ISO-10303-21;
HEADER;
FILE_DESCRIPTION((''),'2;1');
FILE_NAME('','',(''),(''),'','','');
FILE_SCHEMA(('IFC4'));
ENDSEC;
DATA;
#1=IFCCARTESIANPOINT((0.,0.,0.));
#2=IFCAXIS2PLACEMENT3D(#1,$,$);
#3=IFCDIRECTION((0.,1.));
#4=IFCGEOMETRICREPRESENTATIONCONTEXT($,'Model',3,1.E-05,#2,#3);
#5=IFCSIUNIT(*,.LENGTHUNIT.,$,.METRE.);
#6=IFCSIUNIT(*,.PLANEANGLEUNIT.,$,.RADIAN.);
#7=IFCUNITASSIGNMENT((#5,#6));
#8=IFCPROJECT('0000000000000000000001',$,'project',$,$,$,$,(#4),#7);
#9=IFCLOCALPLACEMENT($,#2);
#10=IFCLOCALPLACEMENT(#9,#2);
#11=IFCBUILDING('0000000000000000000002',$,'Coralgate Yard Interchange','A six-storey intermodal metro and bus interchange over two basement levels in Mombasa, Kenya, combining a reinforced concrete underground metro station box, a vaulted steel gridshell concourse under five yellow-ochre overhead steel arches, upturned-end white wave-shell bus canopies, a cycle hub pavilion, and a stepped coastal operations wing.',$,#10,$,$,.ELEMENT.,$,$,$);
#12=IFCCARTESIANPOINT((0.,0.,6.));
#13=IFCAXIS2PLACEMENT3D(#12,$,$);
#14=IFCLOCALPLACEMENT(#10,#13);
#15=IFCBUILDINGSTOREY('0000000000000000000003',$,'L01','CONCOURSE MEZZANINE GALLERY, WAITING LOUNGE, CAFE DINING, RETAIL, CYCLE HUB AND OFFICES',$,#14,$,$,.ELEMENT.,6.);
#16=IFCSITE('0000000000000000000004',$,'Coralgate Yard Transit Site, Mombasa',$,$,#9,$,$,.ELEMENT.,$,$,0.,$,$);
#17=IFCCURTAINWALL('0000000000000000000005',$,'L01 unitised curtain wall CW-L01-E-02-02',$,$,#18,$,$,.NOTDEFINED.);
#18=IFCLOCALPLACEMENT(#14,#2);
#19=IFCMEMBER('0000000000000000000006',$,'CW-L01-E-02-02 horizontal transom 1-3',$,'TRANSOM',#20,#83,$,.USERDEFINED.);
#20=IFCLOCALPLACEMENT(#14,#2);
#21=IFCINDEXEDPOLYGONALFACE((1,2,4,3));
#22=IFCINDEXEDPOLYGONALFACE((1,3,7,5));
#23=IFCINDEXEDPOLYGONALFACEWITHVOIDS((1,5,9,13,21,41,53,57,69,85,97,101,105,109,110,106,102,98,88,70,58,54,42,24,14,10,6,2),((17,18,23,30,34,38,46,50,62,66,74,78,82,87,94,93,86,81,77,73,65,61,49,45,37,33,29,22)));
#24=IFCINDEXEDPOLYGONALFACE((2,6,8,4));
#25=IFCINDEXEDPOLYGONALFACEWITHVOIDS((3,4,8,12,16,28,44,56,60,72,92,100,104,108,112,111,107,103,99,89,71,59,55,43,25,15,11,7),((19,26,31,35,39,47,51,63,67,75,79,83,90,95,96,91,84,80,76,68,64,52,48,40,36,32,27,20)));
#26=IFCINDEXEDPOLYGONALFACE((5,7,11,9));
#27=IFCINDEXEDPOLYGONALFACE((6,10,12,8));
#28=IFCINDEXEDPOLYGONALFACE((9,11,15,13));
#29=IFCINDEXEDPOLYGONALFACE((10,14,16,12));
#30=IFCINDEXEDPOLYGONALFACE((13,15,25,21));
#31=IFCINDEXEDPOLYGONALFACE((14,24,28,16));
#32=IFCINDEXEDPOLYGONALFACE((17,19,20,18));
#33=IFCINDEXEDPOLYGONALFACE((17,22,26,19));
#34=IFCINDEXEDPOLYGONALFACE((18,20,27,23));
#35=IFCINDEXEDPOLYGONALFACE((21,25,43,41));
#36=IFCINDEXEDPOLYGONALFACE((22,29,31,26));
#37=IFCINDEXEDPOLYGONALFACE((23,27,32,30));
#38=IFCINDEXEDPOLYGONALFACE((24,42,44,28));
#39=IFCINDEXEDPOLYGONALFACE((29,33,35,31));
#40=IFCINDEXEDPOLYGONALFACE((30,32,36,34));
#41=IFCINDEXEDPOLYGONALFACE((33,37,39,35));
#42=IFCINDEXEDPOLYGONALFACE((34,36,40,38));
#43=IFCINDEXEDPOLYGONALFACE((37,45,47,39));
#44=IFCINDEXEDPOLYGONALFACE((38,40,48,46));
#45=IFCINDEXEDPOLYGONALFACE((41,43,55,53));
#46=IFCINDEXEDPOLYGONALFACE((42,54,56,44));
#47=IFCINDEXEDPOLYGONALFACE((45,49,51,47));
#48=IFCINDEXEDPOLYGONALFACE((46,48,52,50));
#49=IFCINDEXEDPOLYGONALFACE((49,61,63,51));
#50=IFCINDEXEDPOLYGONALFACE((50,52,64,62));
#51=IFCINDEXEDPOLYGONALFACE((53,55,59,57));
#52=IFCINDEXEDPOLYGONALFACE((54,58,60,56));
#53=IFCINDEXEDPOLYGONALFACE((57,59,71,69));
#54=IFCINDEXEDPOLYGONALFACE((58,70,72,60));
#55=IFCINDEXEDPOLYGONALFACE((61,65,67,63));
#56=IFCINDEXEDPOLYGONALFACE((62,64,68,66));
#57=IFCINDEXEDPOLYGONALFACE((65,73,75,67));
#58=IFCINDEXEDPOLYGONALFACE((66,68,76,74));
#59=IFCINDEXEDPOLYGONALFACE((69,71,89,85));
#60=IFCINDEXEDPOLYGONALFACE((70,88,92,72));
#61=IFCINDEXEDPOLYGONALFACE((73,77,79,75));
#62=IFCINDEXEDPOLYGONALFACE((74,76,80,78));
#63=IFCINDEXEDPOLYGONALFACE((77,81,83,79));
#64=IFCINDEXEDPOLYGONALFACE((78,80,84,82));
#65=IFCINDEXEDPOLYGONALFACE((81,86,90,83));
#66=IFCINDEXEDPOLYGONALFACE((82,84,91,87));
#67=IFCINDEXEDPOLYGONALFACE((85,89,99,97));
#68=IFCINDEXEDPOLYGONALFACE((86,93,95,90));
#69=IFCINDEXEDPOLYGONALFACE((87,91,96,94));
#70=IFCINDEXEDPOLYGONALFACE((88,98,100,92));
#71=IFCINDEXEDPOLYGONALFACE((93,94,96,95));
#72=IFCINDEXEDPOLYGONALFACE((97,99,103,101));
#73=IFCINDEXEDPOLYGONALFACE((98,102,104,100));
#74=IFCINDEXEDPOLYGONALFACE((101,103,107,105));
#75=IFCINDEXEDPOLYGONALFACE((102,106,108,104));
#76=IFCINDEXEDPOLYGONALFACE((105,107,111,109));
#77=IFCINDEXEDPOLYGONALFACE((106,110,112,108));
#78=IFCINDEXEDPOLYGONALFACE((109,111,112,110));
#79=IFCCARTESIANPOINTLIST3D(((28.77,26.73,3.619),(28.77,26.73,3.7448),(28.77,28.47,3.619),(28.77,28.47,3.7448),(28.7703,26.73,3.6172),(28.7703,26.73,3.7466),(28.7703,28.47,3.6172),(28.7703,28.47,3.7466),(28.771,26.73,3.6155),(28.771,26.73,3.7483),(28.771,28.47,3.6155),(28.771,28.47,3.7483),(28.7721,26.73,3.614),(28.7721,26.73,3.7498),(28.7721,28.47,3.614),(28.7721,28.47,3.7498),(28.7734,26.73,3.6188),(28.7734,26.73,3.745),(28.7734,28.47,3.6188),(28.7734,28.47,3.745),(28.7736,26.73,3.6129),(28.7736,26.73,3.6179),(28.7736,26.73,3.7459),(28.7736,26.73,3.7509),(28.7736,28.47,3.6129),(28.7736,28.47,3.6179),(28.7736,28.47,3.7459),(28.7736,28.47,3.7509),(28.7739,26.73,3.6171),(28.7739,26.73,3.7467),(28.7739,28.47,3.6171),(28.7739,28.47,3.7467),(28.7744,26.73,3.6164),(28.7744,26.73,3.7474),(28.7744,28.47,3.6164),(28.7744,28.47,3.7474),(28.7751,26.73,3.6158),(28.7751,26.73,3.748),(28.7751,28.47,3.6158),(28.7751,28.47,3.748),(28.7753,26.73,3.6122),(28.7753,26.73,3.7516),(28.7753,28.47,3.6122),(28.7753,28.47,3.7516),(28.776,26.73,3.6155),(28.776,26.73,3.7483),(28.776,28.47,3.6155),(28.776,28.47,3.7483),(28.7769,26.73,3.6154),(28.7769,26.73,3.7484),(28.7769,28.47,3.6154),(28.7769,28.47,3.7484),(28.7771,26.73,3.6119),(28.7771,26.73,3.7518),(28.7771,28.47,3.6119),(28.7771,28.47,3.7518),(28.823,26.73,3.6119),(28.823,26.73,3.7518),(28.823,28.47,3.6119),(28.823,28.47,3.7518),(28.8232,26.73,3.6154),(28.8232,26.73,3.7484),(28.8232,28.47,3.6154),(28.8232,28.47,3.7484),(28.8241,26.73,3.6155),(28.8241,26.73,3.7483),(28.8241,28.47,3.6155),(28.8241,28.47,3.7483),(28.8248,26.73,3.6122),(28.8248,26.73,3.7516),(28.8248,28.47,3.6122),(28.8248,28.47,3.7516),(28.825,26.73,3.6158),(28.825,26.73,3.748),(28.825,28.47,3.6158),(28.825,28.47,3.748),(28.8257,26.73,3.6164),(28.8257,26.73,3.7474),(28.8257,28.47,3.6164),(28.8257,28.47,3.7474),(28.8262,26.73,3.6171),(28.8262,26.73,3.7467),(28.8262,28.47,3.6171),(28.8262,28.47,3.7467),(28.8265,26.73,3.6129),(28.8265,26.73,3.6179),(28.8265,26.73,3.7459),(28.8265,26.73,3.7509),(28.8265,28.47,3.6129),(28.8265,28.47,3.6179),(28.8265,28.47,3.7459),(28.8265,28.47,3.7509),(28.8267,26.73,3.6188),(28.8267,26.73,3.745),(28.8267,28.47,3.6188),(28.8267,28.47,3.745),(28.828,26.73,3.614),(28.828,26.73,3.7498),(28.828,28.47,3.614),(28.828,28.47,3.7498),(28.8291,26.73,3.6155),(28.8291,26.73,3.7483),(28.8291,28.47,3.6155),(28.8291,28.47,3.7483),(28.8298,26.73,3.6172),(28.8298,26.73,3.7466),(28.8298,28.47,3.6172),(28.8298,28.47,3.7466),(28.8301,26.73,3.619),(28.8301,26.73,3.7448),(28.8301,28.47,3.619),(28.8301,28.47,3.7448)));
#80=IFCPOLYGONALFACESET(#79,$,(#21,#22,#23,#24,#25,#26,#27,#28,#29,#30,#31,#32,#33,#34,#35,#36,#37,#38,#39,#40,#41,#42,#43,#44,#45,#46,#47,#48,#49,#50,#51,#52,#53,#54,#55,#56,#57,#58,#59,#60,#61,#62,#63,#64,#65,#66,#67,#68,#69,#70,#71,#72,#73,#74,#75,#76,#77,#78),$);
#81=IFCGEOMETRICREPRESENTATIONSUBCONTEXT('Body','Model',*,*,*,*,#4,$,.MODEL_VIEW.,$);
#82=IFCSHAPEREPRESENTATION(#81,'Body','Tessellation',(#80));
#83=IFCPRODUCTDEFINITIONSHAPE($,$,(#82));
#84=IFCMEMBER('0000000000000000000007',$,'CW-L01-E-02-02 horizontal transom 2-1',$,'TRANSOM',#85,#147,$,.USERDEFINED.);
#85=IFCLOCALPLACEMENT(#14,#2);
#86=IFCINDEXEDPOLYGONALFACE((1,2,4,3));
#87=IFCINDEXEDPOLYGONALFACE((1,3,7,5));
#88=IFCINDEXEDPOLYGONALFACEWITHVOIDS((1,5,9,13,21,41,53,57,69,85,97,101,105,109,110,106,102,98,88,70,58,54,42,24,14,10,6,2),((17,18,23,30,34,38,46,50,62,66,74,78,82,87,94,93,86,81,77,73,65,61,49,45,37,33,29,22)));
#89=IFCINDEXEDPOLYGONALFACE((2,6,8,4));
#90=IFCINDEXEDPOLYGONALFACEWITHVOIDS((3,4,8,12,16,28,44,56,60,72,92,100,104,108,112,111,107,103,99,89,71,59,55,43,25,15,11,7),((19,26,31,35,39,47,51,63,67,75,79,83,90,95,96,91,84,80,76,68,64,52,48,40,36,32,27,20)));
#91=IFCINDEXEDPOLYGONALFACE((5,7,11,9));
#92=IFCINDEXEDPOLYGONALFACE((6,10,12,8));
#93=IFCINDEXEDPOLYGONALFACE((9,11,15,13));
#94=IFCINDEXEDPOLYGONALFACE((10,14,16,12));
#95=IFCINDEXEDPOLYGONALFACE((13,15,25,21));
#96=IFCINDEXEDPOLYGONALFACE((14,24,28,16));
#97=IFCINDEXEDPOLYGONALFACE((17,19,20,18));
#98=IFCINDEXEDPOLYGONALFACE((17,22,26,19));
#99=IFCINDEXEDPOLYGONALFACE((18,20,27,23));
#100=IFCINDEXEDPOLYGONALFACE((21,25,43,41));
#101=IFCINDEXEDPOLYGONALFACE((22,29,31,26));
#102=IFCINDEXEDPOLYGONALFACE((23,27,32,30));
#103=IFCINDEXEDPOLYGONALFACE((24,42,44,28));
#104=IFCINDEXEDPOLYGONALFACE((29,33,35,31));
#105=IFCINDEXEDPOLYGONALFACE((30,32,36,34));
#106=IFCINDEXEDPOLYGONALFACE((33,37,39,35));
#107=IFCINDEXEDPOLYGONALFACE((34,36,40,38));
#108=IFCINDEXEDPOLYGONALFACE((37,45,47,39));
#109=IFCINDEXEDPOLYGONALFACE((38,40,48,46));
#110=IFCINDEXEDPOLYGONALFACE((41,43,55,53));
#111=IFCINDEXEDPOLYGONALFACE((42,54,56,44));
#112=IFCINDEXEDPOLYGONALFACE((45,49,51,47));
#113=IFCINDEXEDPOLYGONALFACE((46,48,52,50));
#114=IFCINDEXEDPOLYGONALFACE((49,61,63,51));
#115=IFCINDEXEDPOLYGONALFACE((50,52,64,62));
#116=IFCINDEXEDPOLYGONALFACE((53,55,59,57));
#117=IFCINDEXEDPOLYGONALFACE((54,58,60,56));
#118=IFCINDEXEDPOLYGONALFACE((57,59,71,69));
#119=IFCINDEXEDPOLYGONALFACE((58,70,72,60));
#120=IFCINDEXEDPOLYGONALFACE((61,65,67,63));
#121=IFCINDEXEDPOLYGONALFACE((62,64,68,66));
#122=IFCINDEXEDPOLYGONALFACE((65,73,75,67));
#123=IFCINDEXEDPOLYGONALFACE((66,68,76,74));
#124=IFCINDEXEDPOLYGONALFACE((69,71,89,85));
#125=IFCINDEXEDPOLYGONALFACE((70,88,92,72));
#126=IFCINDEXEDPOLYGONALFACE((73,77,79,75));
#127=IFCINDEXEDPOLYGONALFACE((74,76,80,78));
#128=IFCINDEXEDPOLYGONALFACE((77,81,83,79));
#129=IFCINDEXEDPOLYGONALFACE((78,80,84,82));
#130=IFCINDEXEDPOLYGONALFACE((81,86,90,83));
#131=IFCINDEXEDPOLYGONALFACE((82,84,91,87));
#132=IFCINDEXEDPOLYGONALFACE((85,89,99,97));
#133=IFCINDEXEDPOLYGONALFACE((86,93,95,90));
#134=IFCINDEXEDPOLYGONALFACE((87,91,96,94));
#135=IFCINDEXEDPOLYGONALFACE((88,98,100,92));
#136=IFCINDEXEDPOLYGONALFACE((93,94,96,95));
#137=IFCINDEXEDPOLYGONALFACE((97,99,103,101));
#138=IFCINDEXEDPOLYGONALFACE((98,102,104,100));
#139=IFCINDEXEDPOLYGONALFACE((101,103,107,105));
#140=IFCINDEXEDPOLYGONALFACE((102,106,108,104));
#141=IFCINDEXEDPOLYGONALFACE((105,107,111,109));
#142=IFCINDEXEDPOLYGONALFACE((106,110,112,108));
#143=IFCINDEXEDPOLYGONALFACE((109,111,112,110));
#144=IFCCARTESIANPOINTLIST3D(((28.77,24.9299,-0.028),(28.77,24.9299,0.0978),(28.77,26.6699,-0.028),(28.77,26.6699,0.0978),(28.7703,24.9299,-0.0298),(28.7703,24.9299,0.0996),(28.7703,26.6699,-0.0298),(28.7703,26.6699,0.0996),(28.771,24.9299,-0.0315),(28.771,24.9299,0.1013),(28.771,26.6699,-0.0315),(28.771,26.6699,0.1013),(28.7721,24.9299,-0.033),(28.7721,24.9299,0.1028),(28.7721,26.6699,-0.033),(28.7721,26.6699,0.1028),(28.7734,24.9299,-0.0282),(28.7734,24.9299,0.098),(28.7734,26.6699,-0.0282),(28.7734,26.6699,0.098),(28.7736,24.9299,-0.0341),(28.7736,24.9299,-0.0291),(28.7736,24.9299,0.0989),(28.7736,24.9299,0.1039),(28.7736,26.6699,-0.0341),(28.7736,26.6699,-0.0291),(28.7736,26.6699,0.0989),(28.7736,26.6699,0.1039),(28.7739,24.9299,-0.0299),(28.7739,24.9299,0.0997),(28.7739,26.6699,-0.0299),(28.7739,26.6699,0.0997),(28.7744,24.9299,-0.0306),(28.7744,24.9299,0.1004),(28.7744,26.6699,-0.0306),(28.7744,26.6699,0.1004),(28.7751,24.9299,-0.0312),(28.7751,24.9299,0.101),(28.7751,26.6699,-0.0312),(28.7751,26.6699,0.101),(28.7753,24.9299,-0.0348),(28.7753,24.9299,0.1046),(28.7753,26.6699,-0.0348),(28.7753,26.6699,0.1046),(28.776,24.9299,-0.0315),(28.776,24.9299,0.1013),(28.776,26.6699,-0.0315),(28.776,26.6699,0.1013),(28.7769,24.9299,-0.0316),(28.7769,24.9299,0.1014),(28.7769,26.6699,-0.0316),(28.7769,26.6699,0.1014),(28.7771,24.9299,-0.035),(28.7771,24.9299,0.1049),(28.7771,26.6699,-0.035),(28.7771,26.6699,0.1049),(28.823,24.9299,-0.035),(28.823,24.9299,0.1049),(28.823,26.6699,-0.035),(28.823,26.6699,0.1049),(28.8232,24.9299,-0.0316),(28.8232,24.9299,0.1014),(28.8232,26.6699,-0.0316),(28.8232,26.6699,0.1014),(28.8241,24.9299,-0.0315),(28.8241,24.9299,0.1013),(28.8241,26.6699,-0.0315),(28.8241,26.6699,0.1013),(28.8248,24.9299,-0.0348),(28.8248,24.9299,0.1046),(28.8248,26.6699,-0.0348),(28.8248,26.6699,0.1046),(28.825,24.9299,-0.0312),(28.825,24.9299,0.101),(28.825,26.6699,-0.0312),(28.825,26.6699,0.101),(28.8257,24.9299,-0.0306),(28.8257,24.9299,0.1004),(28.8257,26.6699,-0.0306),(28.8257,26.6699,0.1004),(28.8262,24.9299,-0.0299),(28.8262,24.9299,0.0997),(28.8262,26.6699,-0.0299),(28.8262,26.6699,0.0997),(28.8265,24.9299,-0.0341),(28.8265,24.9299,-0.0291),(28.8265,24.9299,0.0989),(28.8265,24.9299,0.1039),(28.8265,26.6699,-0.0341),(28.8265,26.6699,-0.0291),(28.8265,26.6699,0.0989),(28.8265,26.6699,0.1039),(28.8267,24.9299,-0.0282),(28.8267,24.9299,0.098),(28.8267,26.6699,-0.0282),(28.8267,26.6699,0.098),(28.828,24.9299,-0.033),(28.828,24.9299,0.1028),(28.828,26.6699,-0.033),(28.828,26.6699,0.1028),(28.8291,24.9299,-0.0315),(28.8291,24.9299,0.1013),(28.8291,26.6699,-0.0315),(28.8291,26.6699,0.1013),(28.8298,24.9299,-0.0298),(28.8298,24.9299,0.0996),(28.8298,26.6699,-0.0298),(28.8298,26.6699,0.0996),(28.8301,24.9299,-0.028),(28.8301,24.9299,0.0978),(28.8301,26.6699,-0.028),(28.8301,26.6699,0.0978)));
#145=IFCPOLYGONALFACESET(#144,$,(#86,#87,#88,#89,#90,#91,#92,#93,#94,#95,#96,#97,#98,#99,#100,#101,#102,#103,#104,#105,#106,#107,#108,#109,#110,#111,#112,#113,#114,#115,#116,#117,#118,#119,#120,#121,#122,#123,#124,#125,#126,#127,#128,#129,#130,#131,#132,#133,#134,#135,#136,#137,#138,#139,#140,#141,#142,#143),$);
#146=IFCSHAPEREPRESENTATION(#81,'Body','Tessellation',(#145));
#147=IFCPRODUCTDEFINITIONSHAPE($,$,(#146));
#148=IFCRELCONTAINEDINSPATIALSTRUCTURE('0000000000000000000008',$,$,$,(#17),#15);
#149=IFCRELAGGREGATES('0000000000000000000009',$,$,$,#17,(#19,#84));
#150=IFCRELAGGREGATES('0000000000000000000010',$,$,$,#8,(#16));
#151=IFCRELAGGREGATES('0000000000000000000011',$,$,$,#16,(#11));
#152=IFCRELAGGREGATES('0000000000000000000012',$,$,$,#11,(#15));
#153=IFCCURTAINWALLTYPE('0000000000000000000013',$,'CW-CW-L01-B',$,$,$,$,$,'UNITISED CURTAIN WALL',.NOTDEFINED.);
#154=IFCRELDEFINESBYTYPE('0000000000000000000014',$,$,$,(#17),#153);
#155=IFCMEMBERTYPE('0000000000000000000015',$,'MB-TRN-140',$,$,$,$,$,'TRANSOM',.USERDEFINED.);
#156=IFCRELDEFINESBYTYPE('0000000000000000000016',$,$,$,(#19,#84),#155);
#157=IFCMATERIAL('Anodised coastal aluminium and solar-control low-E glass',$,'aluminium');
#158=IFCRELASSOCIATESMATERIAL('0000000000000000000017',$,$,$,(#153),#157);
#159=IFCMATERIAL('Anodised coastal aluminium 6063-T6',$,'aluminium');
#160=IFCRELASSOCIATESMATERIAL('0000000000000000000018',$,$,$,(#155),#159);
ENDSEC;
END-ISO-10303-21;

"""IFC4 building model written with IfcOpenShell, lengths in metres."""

from ifc_helpers import new_model, si_unit, direction, frame, origin, origin_2d, place, context, subcontext, project, spatial, hollow_rectangle, extrude, material, material_profile, profile_set, type_object, element, aggregate, save


model = new_model("IFC4")

# Units and contexts
model_context = context("Model", 3, precision=1e-05, world=origin(), true_north=direction((0.0, 1.0)))
body_context = subcontext(model_context, "Body", "Model", "MODEL_VIEW")
ifc_project = project(units=[si_unit("LENGTHUNIT", "METRE"), si_unit("PLANEANGLEUNIT", "RADIAN")], contexts=[model_context])

# Site, building, storey
site_placement = place(None, origin())
site = spatial("IfcSite", under=ifc_project, at=site_placement, Name="Coralgate Yard Transit Site, Mombasa", CompositionType="ELEMENT", RefElevation=0.0)
building_placement = place(site_placement, origin())
building = spatial("IfcBuilding", under=site, at=building_placement, Name="Coralgate Yard Interchange", Description="A six-storey intermodal metro and bus interchange over two basement levels in Mombasa, Kenya, combining a reinforced concrete underground metro station box, a vaulted steel gridshell concourse under five yellow-ochre overhead steel arches, upturned-end white wave-shell bus canopies, a cycle hub pavilion, and a stepped coastal operations wing.", CompositionType="ELEMENT")
storey_placement = place(building_placement, frame((0.0, 0.0, 6.0)))
storey = spatial("IfcBuildingStorey", under=building, at=storey_placement, Name="L01", Description="CONCOURSE MEZZANINE GALLERY, WAITING LOUNGE, CAFE DINING, RETAIL, CYCLE HUB AND OFFICES", CompositionType="ELEMENT", Elevation=6.0)

# Curtain wall
ifc_material_1 = material(Name="Anodised coastal aluminium and solar-control low-E glass", Category="aluminium")
curtain_wall_type_1 = type_object("IfcCurtainWallType", Name="CW-CW-L01-B", ElementType="UNITISED CURTAIN WALL", PredefinedType="NOTDEFINED", material=ifc_material_1)
curtain_wall_1_placement = place(storey_placement, origin())
curtain_wall_1 = element("IfcCurtainWall", 1, at=curtain_wall_1_placement, inside=storey, type_object=curtain_wall_type_1, Name="L01 unitised curtain wall CW-L01-E-02-02", PredefinedType="NOTDEFINED")
ifc_material_2 = material(Name="Anodised coastal aluminium 6063-T6", Category="aluminium")

# Members
ifc_material_profile_1 = material_profile(ifc_material_2, hollow_rectangle(XDim=0.0601, YDim=0.1399, WallThickness=0.0034, InnerFilletRadius=0.0034, OuterFilletRadius=0.0071, at=origin_2d()), Name="ALU 60x140x3.5")
ifc_profile_set_1 = profile_set([ifc_material_profile_1], Name="Anodised coastal aluminium 6063-T6")
member_type_1 = type_object("IfcMemberType", Name="MB-TRN-140", ElementType="TRANSOM", PredefinedType="USERDEFINED", material=ifc_profile_set_1)
member_1_placement = place(storey_placement, frame((28.8, 28.47, 3.6819), z_axis=(0.0, -1.0, 0.0), x_axis=(1.0, 0.0, 0.0)))
member_1 = element("IfcMember", 2, at=member_1_placement, type_object=member_type_1, Name="CW-L01-E-02-02 horizontal transom 1-3", ObjectType="TRANSOM", PredefinedType="USERDEFINED", context=body_context, shape_type="SweptSolid", body=[
    extrude(hollow_rectangle(XDim=0.0601, YDim=0.1399, WallThickness=0.0034, InnerFilletRadius=0.0034, OuterFilletRadius=0.0071, at=origin_2d()), origin(), (0.0, 0.0, 1.0), 1.74),
])
member_2_placement = place(storey_placement, frame((28.8, 26.6699, 0.0349), z_axis=(0.0, -1.0, 0.0), x_axis=(1.0, 0.0, 0.0)))
member_2 = element("IfcMember", 3, at=member_2_placement, type_object=member_type_1, Name="CW-L01-E-02-02 horizontal transom 2-1", ObjectType="TRANSOM", PredefinedType="USERDEFINED", context=body_context, shape_type="SweptSolid", body=[
    extrude(hollow_rectangle(XDim=0.0601, YDim=0.1399, WallThickness=0.0034, InnerFilletRadius=0.0034, OuterFilletRadius=0.0071, at=origin_2d()), origin(), (0.0, 0.0, 1.0), 1.74),
])

aggregate(curtain_wall_1, [member_1, member_2])

save(model, "model.ifc")
